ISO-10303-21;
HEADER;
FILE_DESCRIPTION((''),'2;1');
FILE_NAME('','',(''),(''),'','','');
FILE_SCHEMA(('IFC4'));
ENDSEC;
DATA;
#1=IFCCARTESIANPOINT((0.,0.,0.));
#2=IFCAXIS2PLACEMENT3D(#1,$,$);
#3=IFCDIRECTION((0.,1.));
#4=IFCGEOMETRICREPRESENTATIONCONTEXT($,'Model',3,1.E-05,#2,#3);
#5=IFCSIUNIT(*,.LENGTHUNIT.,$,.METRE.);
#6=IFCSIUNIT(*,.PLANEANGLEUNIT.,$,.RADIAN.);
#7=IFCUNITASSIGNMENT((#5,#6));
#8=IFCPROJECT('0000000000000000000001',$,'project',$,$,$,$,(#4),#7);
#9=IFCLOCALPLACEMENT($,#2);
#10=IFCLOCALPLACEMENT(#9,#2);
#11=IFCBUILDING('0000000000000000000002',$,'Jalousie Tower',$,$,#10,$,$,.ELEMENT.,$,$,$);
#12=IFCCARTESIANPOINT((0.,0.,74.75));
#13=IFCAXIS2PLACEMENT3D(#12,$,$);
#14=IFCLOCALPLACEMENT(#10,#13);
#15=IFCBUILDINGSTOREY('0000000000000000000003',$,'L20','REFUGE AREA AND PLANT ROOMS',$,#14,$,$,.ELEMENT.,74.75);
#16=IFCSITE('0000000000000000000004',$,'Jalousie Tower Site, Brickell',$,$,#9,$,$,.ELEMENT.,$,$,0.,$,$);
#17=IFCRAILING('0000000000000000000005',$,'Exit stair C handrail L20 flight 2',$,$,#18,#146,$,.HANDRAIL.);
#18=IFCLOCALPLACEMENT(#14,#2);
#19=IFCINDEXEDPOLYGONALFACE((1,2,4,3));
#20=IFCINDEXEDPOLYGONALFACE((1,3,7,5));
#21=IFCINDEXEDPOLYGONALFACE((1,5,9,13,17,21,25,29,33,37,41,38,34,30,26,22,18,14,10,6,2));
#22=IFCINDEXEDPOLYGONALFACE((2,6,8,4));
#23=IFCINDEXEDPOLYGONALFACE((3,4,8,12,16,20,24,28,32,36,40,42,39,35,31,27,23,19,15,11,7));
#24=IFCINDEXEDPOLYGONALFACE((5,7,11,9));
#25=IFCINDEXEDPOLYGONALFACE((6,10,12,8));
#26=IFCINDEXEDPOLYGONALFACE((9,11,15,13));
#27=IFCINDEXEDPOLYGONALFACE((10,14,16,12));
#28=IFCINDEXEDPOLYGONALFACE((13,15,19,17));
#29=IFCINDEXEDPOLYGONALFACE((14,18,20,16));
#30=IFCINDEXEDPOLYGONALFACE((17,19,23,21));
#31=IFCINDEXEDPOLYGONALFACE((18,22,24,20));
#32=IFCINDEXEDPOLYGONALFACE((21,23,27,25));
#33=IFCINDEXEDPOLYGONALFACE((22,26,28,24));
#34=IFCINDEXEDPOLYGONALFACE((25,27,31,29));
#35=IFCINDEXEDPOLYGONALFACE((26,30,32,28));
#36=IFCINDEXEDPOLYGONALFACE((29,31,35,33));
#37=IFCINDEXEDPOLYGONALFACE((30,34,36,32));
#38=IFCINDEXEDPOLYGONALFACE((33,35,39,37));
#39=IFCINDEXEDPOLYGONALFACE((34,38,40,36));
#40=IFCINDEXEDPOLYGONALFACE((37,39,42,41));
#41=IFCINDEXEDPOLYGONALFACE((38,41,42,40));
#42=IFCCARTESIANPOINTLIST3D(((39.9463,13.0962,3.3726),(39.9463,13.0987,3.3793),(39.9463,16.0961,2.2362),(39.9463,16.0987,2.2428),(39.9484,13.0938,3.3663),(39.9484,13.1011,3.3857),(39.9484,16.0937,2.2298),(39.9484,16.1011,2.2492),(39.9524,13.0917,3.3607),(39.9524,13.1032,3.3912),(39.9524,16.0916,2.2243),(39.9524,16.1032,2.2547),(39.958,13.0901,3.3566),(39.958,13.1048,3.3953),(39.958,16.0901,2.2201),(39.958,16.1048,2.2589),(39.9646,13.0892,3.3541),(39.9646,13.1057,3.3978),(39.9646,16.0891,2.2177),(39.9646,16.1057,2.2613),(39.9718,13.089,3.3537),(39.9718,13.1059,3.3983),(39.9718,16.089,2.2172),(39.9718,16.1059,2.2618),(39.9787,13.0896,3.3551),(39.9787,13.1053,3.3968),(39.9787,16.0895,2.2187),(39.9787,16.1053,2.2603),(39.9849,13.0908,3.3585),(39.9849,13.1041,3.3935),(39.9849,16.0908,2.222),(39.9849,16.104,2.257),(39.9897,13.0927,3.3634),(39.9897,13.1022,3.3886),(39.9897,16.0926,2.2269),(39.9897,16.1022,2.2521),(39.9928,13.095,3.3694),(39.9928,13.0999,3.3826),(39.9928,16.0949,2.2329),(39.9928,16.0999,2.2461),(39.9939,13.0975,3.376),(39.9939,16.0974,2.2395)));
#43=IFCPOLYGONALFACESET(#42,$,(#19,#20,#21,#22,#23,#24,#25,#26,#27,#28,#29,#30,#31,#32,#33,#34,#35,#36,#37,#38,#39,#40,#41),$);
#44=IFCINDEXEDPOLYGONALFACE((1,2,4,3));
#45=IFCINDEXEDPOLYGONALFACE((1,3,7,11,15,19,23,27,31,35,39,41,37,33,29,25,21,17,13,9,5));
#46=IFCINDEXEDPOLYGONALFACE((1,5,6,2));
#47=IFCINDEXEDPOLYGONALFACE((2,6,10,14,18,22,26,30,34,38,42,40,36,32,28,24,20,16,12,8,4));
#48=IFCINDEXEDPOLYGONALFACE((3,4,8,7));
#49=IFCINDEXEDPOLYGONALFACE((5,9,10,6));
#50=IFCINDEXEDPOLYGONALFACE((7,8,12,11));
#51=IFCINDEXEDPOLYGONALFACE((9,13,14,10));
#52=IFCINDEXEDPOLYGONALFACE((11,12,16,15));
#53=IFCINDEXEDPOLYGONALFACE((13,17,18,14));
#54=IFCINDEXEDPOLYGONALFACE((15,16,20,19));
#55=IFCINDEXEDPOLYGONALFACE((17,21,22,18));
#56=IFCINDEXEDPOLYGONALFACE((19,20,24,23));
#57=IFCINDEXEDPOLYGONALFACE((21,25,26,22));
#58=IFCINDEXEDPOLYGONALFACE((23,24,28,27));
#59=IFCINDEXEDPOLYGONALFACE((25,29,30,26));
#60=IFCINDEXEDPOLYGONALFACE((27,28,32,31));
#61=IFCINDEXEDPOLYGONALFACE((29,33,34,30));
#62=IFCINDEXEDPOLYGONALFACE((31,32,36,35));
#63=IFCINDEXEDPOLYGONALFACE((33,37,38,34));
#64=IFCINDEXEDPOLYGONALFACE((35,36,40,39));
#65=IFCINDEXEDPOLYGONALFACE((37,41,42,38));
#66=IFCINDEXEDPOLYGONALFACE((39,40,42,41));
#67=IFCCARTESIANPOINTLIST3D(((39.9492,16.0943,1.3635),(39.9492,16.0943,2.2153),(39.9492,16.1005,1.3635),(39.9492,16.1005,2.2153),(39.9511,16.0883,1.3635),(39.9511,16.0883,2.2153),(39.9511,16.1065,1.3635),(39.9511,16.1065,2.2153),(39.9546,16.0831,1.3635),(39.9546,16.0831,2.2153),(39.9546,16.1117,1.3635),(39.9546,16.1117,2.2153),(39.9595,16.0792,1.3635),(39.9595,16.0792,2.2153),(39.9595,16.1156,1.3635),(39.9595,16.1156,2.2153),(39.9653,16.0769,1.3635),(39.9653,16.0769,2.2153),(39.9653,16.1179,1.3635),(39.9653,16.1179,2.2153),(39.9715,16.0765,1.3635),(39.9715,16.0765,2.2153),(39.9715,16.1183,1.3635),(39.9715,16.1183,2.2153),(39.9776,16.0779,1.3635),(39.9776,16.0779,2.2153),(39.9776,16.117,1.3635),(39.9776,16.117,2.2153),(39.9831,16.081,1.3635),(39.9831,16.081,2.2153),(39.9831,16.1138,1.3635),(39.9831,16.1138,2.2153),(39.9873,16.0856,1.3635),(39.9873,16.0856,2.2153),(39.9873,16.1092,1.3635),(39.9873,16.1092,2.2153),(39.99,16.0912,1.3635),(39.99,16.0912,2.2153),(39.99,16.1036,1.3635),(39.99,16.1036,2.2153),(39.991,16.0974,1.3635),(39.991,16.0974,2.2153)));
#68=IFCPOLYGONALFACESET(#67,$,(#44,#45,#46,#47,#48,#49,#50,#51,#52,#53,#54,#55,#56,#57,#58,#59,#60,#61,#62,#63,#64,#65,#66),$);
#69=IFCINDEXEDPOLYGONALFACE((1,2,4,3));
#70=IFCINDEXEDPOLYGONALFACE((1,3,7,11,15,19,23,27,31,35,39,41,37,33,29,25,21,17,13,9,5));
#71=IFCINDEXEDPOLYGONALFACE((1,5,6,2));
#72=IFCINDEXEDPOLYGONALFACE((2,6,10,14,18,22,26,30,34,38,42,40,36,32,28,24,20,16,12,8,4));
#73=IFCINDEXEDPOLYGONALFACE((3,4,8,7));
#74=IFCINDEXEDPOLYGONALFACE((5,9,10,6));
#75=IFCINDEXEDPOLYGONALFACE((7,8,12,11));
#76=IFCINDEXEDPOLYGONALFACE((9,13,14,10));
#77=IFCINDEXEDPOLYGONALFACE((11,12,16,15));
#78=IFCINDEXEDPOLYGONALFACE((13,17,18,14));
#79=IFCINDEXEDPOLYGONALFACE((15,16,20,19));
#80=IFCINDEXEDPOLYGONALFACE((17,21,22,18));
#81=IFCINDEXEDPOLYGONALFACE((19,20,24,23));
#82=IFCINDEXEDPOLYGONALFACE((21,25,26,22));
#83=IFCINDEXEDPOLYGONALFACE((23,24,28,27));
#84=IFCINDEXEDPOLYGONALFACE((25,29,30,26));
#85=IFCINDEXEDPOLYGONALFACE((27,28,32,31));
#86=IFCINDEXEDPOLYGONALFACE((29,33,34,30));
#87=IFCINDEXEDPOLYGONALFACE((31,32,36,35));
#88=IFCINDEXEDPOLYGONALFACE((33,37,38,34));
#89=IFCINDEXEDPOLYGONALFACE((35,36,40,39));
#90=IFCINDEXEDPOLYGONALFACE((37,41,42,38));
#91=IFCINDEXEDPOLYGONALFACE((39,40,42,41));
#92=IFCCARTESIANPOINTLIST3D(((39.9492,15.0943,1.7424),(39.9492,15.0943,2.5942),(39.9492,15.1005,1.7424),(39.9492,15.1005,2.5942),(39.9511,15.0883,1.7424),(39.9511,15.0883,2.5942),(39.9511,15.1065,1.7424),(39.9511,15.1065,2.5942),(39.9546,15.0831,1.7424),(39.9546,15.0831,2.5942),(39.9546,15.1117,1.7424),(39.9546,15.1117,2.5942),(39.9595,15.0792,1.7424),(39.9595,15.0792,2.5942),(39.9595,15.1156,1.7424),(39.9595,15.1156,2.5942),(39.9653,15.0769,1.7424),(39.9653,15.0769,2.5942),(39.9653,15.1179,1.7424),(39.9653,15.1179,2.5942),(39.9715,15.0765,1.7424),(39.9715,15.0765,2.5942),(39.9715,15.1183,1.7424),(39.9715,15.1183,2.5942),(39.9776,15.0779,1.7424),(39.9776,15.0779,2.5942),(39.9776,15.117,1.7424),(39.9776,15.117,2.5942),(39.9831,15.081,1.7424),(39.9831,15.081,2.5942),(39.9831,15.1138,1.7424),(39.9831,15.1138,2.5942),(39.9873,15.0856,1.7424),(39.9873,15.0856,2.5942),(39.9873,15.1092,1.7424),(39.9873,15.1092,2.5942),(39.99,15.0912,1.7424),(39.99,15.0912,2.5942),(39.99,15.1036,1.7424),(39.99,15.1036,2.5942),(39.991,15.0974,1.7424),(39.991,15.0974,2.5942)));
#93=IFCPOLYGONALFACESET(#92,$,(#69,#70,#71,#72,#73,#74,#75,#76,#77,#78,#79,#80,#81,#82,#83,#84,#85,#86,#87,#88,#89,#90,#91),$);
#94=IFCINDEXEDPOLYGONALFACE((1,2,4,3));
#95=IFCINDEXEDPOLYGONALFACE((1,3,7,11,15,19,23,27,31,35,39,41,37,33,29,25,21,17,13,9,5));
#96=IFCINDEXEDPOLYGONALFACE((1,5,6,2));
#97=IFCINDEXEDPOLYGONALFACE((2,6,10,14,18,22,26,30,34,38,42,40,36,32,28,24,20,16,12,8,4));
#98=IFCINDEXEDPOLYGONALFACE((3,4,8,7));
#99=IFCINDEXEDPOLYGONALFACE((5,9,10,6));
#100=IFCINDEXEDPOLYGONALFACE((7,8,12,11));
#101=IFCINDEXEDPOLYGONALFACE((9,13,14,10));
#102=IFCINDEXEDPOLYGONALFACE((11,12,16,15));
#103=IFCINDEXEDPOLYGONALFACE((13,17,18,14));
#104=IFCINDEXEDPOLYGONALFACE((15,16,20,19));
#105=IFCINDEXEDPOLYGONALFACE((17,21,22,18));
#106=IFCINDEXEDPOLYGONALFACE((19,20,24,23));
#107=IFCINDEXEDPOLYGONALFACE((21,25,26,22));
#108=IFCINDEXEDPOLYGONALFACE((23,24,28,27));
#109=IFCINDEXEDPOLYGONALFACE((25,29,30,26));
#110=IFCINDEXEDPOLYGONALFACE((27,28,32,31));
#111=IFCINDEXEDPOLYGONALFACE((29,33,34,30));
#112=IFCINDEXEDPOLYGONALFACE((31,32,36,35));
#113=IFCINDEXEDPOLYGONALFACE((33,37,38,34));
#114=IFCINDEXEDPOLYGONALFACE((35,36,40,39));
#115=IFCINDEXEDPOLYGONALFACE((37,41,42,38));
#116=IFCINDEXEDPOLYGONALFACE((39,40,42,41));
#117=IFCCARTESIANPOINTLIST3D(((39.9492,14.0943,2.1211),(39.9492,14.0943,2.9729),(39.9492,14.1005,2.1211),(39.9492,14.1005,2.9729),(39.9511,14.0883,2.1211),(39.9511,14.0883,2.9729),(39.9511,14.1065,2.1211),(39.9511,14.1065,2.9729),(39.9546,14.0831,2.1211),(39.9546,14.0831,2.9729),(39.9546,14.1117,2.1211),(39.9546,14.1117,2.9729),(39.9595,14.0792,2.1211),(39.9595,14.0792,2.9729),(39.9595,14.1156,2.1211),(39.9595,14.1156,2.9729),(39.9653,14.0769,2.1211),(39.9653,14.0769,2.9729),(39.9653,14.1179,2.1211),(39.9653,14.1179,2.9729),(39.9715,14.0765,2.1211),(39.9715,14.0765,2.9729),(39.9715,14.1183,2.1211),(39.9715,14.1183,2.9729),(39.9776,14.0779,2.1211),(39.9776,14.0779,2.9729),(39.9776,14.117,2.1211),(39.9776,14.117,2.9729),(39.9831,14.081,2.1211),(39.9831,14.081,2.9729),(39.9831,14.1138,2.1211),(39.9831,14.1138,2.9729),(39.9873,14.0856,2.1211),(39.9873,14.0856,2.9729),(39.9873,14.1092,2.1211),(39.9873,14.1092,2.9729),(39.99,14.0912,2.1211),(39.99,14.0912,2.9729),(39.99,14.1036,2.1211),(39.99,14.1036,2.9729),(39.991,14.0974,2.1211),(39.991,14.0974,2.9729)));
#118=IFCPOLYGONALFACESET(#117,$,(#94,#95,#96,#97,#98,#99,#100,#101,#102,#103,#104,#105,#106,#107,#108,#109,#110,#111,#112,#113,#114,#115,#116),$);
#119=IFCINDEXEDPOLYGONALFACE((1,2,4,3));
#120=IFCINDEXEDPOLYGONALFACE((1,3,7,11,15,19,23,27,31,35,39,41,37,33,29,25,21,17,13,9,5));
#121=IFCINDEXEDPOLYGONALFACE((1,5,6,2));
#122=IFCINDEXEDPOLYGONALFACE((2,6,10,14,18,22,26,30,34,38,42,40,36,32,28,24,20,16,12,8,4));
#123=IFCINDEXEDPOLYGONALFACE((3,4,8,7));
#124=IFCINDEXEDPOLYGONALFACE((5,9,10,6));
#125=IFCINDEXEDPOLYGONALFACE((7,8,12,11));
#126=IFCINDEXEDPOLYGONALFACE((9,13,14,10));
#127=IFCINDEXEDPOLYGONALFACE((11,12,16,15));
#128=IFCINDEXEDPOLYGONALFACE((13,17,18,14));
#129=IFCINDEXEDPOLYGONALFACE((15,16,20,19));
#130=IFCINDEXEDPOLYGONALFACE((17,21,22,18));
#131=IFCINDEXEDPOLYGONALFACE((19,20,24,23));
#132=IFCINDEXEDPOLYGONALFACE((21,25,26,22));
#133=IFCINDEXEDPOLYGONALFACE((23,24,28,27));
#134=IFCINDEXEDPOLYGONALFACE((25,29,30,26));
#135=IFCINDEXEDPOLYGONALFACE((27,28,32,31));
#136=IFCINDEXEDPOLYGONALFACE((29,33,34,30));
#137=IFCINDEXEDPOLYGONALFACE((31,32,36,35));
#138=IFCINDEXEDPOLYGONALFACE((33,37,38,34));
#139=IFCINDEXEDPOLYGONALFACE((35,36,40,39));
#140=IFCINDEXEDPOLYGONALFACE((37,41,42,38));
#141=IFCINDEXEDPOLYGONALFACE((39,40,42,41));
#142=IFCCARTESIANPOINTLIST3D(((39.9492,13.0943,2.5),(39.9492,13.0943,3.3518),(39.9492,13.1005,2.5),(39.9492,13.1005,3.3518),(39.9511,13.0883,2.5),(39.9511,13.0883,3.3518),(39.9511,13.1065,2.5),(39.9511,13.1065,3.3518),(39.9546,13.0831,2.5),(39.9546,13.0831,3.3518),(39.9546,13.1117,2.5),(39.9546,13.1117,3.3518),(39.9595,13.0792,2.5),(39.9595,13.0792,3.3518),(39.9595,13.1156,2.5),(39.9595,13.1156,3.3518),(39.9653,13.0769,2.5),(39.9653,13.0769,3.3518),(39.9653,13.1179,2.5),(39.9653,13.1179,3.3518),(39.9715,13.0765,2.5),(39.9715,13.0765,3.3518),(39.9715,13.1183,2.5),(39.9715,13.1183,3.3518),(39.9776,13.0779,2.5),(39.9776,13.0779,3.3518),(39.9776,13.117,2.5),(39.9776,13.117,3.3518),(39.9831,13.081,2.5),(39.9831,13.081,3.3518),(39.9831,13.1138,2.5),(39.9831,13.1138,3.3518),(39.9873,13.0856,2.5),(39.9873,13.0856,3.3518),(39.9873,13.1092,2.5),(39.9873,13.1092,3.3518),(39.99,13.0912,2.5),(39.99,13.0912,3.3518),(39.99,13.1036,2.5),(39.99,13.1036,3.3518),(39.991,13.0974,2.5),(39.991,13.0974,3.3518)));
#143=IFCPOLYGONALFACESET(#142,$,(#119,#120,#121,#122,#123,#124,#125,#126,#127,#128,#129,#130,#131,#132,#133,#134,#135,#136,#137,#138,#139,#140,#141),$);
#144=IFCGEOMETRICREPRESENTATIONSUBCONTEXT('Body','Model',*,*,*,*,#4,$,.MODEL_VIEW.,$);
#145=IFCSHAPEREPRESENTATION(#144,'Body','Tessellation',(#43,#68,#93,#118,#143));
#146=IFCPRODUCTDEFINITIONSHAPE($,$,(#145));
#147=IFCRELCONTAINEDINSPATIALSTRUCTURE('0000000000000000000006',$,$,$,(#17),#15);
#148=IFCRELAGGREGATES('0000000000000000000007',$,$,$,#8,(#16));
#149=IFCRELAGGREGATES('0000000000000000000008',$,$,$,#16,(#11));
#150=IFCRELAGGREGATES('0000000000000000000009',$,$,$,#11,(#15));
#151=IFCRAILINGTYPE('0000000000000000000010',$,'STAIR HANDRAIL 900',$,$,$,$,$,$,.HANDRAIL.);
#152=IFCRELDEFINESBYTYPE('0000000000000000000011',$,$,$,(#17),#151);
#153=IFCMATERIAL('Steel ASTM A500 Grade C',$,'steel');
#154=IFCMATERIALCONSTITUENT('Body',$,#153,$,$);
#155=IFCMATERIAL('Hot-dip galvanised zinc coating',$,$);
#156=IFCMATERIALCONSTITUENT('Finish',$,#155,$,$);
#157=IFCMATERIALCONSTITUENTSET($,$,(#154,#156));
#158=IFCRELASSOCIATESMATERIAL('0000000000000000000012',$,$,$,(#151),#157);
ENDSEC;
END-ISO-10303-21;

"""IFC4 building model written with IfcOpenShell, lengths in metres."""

from ifc_helpers import new_model, si_unit, direction, frame, origin, origin_2d, place, context, subcontext, project, spatial, circle, extrude, material, constituent, constituent_set, type_object, element, save


model = new_model("IFC4")

# Units and contexts
model_context = context("Model", 3, precision=1e-05, world=origin(), true_north=direction((0.0, 1.0)))
body_context = subcontext(model_context, "Body", "Model", "MODEL_VIEW")
ifc_project = project(units=[si_unit("LENGTHUNIT", "METRE"), si_unit("PLANEANGLEUNIT", "RADIAN")], contexts=[model_context])

# Site, building, storey
site_placement = place(None, origin())
site = spatial("IfcSite", under=ifc_project, at=site_placement, Name="Jalousie Tower Site, Brickell", CompositionType="ELEMENT", RefElevation=0.0)
building_placement = place(site_placement, origin())
building = spatial("IfcBuilding", under=site, at=building_placement, Name="Jalousie Tower", CompositionType="ELEMENT")
storey_placement = place(building_placement, frame((0.0, 0.0, 74.75)))
storey = spatial("IfcBuildingStorey", under=building, at=storey_placement, Name="L20", Description="REFUGE AREA AND PLANT ROOMS", CompositionType="ELEMENT", Elevation=74.75)

# Railing
ifc_material_1 = material(Name="Steel ASTM A500 Grade C", Category="steel")
ifc_constituent_1 = constituent(ifc_material_1, Name="Body")
ifc_material_2 = material(Name="Hot-dip galvanised zinc coating")
ifc_constituent_2 = constituent(ifc_material_2, Name="Finish")
ifc_constituent_set_1 = constituent_set(constituents=[ifc_constituent_1, ifc_constituent_2])
railing_type_1 = type_object("IfcRailingType", Name="STAIR HANDRAIL 900", PredefinedType="HANDRAIL", material=ifc_constituent_set_1)
for number, where, name in (
    (1, (39.97, 16.0974, 1.3635), "Exit stair C handrail L20 flight 2"),
):
    element("IfcRailing", number, at=place(storey_placement, frame(where)), inside=storey, type_object=railing_type_1, Name=name, PredefinedType="HANDRAIL", context=body_context, shape_type="SweptSolid", body=[
        extrude(circle(Radius=0.0239, at=origin_2d()), frame((0.0, 0.0, 0.876), z_axis=(0.0, -0.935148, 0.354257), x_axis=(1.0, 0.0, 0.0)), (0.0, 0.0, 1.0), 3.208),
        extrude(circle(Radius=0.021, at=origin_2d()), origin(), (0.0, 0.0, 1.0), 0.8518),
        extrude(circle(Radius=0.021, at=origin_2d()), frame((0.0, -1.0, 0.3789)), (0.0, 0.0, 1.0), 0.8518),
        extrude(circle(Radius=0.021, at=origin_2d()), frame((0.0, -2.0, 0.7576)), (0.0, 0.0, 1.0), 0.8518),
        extrude(circle(Radius=0.021, at=origin_2d()), frame((0.0, -3.0, 1.1365)), (0.0, 0.0, 1.0), 0.8518),
    ])

save(model, "model.ifc")
